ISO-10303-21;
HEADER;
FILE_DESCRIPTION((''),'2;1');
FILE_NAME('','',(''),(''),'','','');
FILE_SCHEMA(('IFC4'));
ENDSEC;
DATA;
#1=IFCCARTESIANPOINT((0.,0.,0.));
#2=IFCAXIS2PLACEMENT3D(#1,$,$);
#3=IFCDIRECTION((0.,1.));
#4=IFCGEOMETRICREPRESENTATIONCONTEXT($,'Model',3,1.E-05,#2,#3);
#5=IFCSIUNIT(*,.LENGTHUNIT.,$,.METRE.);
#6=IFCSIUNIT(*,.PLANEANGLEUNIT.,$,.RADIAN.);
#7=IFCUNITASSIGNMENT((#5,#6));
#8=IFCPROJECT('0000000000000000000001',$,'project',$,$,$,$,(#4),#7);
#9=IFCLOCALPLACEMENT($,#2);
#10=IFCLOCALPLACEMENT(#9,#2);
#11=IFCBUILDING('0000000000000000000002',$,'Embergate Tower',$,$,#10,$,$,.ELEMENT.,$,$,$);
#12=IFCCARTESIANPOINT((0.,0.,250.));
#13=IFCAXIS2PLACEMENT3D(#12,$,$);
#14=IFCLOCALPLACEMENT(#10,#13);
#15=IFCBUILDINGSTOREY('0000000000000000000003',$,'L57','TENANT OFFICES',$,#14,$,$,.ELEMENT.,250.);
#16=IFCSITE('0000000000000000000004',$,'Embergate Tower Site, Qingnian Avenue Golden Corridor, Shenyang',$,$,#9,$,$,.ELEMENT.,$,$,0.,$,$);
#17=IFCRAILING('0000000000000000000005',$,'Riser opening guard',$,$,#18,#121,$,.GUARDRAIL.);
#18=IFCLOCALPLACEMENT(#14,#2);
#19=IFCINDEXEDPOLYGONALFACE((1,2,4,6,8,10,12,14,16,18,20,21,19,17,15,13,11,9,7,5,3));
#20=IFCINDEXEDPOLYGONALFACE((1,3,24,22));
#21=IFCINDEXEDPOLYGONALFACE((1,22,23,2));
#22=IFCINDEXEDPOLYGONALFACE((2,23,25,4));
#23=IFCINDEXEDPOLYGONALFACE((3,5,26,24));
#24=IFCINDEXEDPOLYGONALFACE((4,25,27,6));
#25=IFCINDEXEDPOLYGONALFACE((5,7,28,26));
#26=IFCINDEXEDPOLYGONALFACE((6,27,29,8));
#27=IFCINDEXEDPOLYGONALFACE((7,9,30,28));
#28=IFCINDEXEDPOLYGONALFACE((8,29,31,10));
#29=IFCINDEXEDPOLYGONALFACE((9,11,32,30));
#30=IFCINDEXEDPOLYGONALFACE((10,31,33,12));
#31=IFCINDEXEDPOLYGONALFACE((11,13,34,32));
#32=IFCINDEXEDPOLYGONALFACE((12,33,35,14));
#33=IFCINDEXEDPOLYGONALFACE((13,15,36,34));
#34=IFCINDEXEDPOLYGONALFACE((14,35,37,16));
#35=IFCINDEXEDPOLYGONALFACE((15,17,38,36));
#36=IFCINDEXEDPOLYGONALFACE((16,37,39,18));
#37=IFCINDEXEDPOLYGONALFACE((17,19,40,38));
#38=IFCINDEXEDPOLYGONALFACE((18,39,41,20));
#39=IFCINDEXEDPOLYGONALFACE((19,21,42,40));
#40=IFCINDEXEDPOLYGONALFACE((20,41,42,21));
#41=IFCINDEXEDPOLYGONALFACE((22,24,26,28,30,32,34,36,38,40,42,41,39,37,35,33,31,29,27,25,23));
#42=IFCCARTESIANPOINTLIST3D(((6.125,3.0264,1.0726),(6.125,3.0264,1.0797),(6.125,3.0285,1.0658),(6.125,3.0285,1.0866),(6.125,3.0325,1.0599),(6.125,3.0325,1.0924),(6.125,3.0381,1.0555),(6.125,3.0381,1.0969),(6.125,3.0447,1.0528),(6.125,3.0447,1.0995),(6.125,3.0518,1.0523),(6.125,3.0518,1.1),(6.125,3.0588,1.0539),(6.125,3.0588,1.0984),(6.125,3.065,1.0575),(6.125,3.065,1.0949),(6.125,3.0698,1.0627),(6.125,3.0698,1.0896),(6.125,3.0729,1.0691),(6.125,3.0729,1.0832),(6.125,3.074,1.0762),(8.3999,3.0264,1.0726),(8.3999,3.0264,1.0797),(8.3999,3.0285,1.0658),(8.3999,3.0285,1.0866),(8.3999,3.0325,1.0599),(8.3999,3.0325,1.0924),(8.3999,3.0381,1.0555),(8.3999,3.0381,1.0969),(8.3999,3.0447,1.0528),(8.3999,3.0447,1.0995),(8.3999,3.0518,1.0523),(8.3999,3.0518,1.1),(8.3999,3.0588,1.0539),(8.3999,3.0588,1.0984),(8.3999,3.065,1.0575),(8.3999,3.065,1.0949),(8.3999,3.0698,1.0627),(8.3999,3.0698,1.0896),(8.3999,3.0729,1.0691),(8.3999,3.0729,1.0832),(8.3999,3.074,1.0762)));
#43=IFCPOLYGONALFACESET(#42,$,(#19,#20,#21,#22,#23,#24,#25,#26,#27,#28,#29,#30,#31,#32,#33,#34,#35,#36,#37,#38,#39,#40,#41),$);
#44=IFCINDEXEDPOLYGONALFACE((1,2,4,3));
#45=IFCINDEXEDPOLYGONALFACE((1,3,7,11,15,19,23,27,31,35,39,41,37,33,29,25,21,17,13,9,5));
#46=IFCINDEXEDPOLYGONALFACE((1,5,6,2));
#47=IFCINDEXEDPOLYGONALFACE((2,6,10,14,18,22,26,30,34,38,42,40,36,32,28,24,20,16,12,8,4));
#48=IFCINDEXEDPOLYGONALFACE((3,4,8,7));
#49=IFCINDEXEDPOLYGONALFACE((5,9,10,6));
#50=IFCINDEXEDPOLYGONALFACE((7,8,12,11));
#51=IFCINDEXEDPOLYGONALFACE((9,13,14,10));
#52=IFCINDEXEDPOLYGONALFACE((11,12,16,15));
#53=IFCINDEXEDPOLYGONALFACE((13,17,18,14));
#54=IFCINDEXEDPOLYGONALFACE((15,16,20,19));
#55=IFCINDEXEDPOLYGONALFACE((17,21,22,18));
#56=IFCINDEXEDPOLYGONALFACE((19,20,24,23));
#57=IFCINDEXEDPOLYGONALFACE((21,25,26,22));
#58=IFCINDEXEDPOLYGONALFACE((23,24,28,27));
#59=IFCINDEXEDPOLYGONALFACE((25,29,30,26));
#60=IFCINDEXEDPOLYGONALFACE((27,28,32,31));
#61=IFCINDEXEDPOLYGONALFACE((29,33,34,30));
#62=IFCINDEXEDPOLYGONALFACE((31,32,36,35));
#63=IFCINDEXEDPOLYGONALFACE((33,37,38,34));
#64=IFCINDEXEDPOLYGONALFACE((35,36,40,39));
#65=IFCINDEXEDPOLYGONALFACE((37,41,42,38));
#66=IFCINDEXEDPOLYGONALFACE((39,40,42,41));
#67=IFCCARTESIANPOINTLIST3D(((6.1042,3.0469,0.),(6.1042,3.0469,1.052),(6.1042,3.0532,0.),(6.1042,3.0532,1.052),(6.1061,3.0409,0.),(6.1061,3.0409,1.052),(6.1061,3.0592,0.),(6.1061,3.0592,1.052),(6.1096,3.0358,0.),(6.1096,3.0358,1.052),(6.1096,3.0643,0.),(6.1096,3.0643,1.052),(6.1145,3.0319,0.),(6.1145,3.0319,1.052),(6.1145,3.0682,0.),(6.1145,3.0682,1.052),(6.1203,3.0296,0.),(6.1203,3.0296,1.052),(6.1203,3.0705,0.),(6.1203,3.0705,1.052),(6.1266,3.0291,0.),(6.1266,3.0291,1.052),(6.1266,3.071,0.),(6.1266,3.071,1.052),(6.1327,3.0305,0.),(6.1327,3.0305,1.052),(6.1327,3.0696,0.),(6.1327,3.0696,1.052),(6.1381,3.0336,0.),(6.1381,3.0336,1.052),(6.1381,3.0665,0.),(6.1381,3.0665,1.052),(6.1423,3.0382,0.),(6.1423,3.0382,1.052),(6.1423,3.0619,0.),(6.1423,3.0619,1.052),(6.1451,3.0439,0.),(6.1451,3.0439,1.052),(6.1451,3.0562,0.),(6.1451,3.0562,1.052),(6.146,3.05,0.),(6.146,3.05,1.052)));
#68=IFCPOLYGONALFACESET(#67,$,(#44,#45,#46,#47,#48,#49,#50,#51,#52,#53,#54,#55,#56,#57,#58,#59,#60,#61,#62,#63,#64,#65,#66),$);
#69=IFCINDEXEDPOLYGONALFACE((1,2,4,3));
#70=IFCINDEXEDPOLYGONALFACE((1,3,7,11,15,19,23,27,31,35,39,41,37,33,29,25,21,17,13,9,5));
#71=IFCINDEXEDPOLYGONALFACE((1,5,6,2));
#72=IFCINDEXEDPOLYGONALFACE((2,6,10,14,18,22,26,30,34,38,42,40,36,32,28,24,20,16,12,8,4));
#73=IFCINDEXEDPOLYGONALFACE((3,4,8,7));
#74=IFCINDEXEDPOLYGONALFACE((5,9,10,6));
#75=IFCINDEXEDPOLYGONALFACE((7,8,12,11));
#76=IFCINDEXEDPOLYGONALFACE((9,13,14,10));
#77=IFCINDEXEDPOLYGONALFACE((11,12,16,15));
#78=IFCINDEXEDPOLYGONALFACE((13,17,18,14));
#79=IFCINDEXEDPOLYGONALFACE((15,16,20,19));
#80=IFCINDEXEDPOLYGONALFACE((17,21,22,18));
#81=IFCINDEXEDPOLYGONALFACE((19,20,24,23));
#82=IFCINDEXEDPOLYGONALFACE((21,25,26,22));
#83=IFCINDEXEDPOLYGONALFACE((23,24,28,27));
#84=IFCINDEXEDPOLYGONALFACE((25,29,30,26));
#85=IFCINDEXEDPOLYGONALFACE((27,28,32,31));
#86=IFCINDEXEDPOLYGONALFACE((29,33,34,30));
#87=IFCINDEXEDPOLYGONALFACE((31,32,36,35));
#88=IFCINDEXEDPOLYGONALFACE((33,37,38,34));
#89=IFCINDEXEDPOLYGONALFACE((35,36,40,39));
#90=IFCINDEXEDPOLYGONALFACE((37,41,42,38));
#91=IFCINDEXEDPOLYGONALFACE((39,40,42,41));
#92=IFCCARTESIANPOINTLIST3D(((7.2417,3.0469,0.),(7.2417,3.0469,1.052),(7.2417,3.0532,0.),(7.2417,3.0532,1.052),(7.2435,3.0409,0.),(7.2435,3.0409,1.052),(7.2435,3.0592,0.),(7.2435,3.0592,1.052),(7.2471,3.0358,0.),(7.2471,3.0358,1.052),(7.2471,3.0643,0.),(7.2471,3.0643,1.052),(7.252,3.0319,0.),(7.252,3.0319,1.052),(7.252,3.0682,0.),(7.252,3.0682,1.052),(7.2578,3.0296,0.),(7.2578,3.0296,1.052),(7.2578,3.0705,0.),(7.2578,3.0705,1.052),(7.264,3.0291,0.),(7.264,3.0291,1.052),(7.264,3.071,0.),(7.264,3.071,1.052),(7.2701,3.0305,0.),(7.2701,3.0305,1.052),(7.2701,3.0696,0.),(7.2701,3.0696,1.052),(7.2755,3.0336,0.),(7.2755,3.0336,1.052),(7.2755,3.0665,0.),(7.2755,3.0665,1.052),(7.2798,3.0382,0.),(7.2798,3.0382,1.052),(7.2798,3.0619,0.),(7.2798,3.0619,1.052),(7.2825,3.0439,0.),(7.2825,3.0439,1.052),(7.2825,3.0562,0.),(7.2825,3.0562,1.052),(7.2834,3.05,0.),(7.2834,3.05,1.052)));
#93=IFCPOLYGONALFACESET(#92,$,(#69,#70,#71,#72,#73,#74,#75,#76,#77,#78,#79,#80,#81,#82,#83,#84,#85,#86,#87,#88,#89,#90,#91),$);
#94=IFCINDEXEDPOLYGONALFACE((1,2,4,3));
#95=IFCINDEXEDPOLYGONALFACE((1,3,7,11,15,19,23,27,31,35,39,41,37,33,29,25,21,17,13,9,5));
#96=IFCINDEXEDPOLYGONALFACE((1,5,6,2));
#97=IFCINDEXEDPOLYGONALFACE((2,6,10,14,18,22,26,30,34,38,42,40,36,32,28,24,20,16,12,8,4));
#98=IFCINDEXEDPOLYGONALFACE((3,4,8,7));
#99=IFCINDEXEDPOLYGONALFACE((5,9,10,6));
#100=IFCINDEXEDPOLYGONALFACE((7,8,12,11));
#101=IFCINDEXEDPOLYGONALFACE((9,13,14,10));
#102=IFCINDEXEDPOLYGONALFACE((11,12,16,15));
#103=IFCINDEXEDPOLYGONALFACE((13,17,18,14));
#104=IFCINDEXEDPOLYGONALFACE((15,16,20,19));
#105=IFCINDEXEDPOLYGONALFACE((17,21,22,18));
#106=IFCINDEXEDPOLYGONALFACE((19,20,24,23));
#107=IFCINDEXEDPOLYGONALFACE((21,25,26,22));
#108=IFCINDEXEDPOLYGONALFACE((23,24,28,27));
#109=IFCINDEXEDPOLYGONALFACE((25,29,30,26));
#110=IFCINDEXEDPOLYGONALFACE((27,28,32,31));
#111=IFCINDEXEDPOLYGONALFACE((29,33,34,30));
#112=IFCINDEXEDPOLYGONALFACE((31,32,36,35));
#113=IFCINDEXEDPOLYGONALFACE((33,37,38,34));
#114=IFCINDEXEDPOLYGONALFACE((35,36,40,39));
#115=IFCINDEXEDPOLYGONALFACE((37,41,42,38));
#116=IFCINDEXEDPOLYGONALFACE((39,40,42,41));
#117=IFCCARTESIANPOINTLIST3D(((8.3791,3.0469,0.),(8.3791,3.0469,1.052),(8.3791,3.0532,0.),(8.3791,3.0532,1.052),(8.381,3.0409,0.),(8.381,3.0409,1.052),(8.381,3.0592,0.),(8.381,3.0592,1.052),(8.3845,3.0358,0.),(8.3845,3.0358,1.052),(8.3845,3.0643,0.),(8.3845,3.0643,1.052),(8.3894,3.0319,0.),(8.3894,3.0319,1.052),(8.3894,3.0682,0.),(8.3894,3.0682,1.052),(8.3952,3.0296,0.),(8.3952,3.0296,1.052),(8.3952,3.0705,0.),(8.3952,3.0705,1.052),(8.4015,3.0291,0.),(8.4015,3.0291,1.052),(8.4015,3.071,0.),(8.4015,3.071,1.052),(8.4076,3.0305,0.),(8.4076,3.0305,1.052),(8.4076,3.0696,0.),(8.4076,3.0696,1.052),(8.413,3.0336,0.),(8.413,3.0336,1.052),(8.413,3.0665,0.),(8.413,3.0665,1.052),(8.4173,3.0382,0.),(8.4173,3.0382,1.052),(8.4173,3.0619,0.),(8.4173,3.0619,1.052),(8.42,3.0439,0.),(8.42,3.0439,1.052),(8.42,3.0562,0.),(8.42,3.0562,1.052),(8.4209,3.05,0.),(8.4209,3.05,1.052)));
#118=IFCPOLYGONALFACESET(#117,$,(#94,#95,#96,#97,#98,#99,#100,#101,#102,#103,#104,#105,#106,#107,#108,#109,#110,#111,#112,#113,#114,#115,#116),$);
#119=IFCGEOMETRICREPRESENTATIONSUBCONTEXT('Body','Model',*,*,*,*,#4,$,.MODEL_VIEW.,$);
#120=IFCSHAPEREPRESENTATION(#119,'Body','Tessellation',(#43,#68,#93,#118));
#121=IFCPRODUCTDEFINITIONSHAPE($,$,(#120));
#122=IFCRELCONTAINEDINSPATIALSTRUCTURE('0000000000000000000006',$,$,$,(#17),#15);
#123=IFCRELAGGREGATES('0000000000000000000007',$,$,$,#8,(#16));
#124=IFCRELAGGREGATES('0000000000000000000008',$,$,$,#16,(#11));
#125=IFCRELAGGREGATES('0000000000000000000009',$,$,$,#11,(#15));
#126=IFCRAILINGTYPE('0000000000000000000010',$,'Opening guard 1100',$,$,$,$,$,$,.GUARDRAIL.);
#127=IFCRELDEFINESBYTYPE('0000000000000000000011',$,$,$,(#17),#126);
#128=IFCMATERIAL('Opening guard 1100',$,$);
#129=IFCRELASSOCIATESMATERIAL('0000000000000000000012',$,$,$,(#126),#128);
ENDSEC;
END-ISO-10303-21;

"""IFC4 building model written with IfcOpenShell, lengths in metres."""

from ifc_helpers import new_model, si_unit, direction, frame, origin, origin_2d, place, context, subcontext, project, spatial, circle, extrude, source, transform, mapped, material, type_object, element, save


model = new_model("IFC4")

# Units and contexts
model_context = context("Model", 3, precision=1e-05, world=origin(), true_north=direction((0.0, 1.0)))
body_context = subcontext(model_context, "Body", "Model", "MODEL_VIEW")
ifc_project = project(units=[si_unit("LENGTHUNIT", "METRE"), si_unit("PLANEANGLEUNIT", "RADIAN")], contexts=[model_context])

# Site, building, storey
site_placement = place(None, origin())
site = spatial("IfcSite", under=ifc_project, at=site_placement, Name="Embergate Tower Site, Qingnian Avenue Golden Corridor, Shenyang", CompositionType="ELEMENT", RefElevation=0.0)
building_placement = place(site_placement, origin())
building = spatial("IfcBuilding", under=site, at=building_placement, Name="Embergate Tower", CompositionType="ELEMENT")
storey_placement = place(building_placement, frame((0.0, 0.0, 250.0)))
storey = spatial("IfcBuildingStorey", under=building, at=storey_placement, Name="L57", Description="TENANT OFFICES", CompositionType="ELEMENT", Elevation=250.0)

# Railing
ifc_material_1 = material(Name="Opening guard 1100")
railing_type_1 = type_object("IfcRailingType", Name="Opening guard 1100", PredefinedType="GUARDRAIL", material=ifc_material_1)
shared_shape_1 = source(origin(), body_context, "Body", "SweptSolid", [
    extrude(circle(Radius=0.0239, at=origin_2d()), frame((0.0, 0.0, 1.0762), z_axis=(1.0, 0.0, 0.0), x_axis=(0.0, 1.0, 0.0)), (0.0, 0.0, 1.0), 2.2749),
    extrude(circle(Radius=0.021, at=origin_2d()), origin(), (0.0, 0.0, 1.0), 1.052),
    extrude(circle(Radius=0.021, at=origin_2d()), frame((1.1375, 0.0, 0.0)), (0.0, 0.0, 1.0), 1.052),
    extrude(circle(Radius=0.021, at=origin_2d()), frame((2.2749, 0.0, 0.0)), (0.0, 0.0, 1.0), 1.052),
])
railing_1_placement = place(storey_placement, frame((6.125, 3.05, 0.0)))
element("IfcRailing", 1, at=railing_1_placement, inside=storey, type_object=railing_type_1, Name="Riser opening guard", PredefinedType="GUARDRAIL", context=body_context, shape_type="MappedRepresentation", body=[
    mapped(shared_shape_1, transform((0.0, 0.0, 0.0))),
])

save(model, "model.ifc")
